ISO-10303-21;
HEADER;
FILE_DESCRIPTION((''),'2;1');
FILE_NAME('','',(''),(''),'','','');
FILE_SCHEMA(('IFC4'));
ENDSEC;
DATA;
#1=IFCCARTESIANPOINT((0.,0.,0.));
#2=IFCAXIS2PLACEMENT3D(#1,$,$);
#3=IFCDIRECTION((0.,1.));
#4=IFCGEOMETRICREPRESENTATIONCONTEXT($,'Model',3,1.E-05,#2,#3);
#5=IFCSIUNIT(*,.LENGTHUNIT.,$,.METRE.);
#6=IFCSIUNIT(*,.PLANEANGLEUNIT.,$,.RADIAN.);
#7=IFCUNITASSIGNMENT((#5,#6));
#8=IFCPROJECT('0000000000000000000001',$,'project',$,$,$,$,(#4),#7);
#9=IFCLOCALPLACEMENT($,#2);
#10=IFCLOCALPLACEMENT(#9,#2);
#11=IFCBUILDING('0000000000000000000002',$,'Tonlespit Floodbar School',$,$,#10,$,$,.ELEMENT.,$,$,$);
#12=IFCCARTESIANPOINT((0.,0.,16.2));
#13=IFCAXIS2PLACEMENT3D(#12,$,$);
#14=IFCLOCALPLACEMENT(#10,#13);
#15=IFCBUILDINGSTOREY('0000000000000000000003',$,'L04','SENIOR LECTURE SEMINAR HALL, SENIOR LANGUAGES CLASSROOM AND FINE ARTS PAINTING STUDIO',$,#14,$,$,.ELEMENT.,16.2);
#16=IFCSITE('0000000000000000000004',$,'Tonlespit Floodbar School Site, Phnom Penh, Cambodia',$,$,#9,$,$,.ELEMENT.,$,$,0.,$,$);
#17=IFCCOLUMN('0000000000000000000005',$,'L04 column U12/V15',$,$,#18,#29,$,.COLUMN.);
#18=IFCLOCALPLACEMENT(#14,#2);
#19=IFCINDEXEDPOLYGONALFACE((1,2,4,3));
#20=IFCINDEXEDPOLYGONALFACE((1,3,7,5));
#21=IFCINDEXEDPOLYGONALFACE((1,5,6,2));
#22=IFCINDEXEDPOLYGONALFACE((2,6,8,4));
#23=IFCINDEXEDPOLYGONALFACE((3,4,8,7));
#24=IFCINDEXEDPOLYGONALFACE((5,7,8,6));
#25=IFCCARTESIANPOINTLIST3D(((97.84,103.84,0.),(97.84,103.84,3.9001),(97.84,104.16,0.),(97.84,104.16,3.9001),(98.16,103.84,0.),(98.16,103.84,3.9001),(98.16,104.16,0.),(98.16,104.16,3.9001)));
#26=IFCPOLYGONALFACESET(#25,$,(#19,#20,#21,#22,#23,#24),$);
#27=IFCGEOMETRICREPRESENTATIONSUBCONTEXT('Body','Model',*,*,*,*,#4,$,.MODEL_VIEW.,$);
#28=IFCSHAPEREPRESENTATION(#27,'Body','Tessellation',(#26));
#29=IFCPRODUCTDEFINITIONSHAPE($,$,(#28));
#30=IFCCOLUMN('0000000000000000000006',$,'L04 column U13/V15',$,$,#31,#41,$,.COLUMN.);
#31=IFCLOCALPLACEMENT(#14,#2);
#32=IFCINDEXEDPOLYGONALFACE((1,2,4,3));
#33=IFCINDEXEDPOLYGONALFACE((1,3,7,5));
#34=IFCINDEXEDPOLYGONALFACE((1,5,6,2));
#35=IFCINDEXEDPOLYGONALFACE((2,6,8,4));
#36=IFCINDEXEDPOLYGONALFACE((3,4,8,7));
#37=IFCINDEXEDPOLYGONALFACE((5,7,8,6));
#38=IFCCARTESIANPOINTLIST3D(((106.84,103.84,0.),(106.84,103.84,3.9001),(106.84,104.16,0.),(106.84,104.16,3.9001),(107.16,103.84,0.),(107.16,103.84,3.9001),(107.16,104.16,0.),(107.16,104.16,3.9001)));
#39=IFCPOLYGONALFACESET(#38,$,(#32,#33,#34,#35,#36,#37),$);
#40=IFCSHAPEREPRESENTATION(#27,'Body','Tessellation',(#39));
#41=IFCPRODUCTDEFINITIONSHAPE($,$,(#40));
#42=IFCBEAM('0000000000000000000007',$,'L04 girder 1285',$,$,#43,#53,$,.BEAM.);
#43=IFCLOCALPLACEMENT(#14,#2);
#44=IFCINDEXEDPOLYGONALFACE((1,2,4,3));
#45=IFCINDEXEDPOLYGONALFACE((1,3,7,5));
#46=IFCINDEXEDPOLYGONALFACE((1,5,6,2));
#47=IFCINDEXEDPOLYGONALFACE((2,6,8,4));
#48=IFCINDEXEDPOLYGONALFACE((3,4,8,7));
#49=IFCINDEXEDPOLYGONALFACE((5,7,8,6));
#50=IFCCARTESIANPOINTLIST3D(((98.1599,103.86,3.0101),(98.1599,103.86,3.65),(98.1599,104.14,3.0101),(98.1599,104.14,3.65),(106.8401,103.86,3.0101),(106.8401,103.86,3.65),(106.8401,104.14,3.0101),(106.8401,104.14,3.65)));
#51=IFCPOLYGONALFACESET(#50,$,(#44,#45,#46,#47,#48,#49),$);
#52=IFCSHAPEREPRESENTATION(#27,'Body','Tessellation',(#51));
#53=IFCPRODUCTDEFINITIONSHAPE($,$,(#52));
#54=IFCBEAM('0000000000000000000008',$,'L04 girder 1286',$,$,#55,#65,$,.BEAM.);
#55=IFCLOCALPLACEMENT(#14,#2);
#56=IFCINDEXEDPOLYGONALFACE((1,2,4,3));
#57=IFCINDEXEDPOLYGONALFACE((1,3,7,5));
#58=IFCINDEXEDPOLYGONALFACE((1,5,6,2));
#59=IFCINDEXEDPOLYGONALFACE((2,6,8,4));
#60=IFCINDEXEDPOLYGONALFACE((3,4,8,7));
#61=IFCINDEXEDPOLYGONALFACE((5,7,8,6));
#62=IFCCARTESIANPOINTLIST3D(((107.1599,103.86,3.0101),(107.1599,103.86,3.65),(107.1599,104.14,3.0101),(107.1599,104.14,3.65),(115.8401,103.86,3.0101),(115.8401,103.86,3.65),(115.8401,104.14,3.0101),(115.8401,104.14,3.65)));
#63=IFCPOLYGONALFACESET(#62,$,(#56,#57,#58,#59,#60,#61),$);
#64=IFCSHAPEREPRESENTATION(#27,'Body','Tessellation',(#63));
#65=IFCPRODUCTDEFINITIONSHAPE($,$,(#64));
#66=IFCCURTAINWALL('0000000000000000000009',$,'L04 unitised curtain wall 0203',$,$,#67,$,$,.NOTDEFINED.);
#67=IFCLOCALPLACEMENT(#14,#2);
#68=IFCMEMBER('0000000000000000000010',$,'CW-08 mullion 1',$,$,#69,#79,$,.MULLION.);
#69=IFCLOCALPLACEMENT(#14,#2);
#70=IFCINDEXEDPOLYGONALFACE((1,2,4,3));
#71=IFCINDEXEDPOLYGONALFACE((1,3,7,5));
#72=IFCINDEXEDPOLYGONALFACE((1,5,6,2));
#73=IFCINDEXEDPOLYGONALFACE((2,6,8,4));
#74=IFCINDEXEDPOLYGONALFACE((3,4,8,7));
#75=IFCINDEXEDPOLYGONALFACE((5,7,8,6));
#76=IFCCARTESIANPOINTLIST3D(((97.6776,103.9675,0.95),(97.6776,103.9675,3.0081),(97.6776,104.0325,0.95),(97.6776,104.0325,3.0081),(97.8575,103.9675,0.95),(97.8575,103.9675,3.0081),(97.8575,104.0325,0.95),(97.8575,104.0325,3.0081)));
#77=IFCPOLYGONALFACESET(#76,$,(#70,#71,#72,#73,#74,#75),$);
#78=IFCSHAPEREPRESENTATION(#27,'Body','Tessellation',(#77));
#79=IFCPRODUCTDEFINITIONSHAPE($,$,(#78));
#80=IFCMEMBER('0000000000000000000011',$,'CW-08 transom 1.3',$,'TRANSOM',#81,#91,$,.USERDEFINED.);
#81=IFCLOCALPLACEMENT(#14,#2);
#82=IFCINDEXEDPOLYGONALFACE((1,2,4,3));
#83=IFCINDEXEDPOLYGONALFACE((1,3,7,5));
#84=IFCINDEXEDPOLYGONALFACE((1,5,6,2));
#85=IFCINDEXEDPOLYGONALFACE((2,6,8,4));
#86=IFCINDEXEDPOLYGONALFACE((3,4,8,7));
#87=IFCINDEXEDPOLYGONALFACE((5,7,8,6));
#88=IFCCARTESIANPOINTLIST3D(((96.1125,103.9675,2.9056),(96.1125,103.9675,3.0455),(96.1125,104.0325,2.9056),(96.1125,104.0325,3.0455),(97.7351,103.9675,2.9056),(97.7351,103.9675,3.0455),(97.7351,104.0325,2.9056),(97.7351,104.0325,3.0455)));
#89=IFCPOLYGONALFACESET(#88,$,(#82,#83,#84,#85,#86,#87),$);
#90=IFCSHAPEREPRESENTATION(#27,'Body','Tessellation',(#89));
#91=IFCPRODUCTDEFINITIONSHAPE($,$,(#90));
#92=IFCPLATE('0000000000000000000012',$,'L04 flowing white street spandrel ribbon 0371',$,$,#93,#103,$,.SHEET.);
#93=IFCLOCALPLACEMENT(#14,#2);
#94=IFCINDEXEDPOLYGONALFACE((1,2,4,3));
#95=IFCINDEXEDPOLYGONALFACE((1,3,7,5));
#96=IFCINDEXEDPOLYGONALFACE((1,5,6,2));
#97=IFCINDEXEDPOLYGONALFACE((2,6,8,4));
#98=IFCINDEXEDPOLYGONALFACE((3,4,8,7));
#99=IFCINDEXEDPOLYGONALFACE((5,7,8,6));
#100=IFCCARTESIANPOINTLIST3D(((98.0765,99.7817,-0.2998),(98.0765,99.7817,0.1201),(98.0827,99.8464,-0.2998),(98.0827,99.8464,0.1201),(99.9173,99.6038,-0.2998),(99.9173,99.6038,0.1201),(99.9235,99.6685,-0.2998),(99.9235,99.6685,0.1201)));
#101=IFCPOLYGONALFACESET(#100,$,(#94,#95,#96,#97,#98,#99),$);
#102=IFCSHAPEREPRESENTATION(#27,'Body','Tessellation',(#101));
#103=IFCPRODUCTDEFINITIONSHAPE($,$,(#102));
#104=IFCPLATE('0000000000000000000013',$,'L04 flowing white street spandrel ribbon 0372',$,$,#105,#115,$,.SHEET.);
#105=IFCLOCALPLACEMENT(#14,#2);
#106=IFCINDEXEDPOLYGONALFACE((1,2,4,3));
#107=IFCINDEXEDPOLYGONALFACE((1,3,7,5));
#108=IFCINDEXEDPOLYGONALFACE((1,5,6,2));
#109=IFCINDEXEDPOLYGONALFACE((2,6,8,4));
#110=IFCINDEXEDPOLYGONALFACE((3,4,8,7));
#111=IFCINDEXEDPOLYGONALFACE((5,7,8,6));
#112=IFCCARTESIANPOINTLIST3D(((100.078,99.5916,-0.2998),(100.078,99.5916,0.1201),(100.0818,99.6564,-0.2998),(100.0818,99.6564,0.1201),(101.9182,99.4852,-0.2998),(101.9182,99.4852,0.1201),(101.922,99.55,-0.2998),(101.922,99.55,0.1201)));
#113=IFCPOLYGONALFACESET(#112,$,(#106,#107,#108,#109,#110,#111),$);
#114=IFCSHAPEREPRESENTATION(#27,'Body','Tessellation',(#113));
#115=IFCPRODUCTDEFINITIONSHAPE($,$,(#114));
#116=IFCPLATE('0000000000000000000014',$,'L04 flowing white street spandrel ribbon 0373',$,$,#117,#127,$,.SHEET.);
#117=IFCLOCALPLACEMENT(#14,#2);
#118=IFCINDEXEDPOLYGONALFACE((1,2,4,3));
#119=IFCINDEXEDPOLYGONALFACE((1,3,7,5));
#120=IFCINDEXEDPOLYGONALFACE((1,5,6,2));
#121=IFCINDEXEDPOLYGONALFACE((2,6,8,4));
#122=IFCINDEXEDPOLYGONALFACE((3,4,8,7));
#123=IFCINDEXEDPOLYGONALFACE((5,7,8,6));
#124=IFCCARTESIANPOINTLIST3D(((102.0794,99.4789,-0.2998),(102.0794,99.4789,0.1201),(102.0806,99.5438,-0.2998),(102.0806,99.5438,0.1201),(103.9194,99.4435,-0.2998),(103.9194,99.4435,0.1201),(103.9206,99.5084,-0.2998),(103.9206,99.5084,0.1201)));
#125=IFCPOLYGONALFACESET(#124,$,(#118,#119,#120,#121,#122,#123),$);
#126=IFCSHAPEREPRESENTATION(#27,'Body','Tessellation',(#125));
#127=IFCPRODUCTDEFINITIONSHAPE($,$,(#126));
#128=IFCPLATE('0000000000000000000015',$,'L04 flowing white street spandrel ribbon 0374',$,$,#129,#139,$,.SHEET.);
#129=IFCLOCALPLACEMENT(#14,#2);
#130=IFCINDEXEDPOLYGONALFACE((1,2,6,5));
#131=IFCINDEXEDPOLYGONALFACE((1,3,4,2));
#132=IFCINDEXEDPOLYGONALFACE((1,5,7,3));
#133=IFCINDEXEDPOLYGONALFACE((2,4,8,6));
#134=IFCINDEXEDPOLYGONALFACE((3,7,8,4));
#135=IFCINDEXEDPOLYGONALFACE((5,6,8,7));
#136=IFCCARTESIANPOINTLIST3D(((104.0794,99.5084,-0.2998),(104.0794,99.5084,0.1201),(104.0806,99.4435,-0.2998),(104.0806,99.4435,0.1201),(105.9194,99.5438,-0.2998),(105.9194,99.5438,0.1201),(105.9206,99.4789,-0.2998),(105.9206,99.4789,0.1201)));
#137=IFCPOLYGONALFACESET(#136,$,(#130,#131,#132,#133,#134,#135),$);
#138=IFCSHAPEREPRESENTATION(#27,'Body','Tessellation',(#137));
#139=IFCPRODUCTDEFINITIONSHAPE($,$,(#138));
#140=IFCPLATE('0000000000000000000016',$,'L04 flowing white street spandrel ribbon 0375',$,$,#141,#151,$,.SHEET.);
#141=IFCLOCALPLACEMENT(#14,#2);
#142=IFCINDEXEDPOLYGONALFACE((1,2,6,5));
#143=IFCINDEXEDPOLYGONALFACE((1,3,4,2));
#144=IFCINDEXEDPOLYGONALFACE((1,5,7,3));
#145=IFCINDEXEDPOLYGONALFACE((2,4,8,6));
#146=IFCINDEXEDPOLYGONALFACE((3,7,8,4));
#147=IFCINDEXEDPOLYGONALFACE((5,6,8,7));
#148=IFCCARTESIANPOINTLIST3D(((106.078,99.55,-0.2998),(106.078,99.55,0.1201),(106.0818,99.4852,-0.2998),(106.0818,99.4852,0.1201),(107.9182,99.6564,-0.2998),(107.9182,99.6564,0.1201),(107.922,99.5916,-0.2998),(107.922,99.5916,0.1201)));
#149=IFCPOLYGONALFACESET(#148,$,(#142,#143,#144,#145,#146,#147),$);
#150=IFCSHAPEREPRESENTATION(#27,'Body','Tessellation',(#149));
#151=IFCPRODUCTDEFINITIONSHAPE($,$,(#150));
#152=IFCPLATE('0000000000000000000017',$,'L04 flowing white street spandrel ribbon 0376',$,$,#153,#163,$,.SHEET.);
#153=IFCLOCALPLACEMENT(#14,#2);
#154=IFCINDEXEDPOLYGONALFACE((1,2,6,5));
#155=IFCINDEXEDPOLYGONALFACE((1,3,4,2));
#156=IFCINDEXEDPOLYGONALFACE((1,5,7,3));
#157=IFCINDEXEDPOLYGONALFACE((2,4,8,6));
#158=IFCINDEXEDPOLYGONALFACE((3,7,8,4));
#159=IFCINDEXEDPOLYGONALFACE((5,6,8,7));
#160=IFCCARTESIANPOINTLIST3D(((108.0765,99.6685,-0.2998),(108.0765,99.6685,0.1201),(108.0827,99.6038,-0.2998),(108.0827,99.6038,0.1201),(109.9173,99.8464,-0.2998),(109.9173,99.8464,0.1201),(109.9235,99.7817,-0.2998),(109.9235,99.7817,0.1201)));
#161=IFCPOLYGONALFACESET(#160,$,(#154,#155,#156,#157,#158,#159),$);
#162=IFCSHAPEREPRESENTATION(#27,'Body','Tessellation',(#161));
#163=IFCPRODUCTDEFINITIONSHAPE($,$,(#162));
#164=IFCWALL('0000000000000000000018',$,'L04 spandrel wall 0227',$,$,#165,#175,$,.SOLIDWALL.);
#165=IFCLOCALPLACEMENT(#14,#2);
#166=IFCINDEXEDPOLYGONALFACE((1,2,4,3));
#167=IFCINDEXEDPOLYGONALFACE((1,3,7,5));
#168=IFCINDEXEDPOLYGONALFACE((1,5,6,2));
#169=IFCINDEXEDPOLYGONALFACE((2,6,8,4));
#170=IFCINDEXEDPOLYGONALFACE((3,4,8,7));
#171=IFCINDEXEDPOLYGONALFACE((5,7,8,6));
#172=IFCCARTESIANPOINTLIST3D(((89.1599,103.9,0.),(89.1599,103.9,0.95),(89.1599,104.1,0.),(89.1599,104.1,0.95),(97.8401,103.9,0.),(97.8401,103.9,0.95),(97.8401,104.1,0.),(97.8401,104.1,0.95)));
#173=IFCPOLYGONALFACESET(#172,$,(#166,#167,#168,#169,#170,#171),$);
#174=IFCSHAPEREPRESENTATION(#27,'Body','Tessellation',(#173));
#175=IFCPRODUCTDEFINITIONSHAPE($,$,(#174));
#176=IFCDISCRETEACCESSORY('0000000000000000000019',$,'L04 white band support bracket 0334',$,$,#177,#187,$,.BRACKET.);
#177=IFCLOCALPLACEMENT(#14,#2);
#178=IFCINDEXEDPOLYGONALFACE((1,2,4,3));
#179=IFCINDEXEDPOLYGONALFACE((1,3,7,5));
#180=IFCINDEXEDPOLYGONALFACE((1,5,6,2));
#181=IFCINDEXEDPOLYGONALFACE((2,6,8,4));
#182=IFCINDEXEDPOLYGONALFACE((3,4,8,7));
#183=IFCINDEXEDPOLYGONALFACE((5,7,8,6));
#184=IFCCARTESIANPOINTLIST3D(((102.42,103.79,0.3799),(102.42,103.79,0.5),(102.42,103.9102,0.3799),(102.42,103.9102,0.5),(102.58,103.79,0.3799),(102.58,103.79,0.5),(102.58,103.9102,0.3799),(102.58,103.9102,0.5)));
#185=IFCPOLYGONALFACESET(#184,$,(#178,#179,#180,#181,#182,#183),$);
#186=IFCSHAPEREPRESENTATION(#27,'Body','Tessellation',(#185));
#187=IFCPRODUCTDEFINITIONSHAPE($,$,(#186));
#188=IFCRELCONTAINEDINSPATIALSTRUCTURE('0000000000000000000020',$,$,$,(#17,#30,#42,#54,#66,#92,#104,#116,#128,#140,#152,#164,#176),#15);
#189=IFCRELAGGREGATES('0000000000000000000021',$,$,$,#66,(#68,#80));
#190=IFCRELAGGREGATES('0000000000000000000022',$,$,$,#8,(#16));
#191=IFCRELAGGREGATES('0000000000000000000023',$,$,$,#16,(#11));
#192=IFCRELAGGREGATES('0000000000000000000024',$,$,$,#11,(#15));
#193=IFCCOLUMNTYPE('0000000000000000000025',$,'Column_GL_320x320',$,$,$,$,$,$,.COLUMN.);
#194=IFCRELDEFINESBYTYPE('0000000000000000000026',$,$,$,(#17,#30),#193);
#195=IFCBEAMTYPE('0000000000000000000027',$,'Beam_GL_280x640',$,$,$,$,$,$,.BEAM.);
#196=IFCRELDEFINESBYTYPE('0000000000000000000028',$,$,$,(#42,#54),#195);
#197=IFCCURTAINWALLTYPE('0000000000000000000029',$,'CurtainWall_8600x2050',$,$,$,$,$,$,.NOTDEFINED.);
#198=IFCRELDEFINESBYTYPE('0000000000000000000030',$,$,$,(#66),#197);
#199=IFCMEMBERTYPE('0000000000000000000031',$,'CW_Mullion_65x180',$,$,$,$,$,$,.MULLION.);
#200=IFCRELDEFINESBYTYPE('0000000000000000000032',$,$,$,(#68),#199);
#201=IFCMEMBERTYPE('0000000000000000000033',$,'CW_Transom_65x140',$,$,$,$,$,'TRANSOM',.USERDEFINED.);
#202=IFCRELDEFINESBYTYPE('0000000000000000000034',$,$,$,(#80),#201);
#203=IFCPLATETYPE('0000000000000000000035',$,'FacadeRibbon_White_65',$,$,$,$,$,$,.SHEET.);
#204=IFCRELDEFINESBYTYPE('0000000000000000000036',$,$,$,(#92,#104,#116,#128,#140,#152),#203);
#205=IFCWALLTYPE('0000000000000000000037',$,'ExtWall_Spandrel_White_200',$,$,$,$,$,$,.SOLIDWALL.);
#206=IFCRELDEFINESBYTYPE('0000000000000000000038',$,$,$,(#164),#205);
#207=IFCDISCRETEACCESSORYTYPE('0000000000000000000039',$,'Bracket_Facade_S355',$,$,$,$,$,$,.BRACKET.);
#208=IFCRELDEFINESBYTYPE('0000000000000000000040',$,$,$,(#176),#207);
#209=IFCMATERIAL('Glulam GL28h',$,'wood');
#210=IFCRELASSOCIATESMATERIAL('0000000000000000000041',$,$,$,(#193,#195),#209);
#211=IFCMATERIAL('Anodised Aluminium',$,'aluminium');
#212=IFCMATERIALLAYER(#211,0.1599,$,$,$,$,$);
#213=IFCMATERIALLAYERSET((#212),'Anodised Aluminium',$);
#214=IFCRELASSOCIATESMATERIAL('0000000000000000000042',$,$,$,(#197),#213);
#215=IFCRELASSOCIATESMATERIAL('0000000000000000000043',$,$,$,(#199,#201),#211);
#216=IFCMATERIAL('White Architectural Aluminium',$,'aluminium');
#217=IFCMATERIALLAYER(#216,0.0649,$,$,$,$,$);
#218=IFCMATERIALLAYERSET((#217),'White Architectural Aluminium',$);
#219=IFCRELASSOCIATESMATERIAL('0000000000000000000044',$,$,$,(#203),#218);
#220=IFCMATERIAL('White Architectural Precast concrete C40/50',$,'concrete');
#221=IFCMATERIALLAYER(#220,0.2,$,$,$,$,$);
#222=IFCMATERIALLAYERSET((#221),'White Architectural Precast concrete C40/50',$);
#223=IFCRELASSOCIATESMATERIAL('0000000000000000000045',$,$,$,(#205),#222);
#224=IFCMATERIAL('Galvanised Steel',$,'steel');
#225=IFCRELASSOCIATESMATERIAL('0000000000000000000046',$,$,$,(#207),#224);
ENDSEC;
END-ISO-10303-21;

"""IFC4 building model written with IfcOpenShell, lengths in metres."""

from ifc_helpers import new_model, si_unit, direction, frame, frame_2d, origin, origin_2d, place, context, subcontext, project, spatial, rectangle, extrude, material, layer, layer_set, material_profile, profile_set, type_object, element, aggregate, save


model = new_model("IFC4")

# Units and contexts
model_context = context("Model", 3, precision=1e-05, world=origin(), true_north=direction((0.0, 1.0)))
body_context = subcontext(model_context, "Body", "Model", "MODEL_VIEW")
ifc_project = project(units=[si_unit("LENGTHUNIT", "METRE"), si_unit("PLANEANGLEUNIT", "RADIAN")], contexts=[model_context])

# Site, building, storey
site_placement = place(None, origin())
site = spatial("IfcSite", under=ifc_project, at=site_placement, Name="Tonlespit Floodbar School Site, Phnom Penh, Cambodia", CompositionType="ELEMENT", RefElevation=0.0)
building_placement = place(site_placement, origin())
building = spatial("IfcBuilding", under=site, at=building_placement, Name="Tonlespit Floodbar School", CompositionType="ELEMENT")
storey_placement = place(building_placement, frame((0.0, 0.0, 16.2)))
storey = spatial("IfcBuildingStorey", under=building, at=storey_placement, Name="L04", Description="SENIOR LECTURE SEMINAR HALL, SENIOR LANGUAGES CLASSROOM AND FINE ARTS PAINTING STUDIO", CompositionType="ELEMENT", Elevation=16.2)

# Columns
ifc_material_1 = material(Name="Glulam GL28h", Category="wood")
ifc_material_profile_1 = material_profile(ifc_material_1, rectangle(XDim=0.3201, YDim=0.3201, at=origin_2d()), Name="GL 320x320")
ifc_profile_set_1 = profile_set([ifc_material_profile_1], Name="Glulam GL28h")
column_type = type_object("IfcColumnType", Name="Column_GL_320x320", PredefinedType="COLUMN", material=ifc_profile_set_1)
for number, where, z_axis, x_axis, name in (
    (1, (98.0, 104.0, 0.0), (0.0, 0.0, 1.0), (1.0, 0.0, 0.0), "L04 column U12/V15"),
    (2, (107.0, 104.0, 0.0), (0.0, 0.0, 1.0), (1.0, 0.0, 0.0), "L04 column U13/V15"),
):
    element("IfcColumn", number, at=place(storey_placement, frame(where, z_axis=z_axis, x_axis=x_axis)), inside=storey, type_object=column_type, Name=name, PredefinedType="COLUMN", context=body_context, shape_type="SweptSolid", body=[
        extrude(rectangle(XDim=0.3201, YDim=0.3201, at=origin_2d()), origin(), (0.0, 0.0, 1.0), 3.9001),
    ])

# Beams
ifc_material_profile_2 = material_profile(ifc_material_1, rectangle(XDim=0.28, YDim=0.6399, at=origin_2d()), Name="GL 280x640")
ifc_profile_set_2 = profile_set([ifc_material_profile_2], Name="Glulam GL28h")
beam_type = type_object("IfcBeamType", Name="Beam_GL_280x640", PredefinedType="BEAM", material=ifc_profile_set_2)
for number, where, z_axis, x_axis, name in (
    (3, (98.1599, 104.0, 3.3301), (1.0, 0.0, 0.0), (0.0, 1.0, 0.0), "L04 girder 1285"),
    (4, (107.1599, 104.0, 3.3301), (1.0, 0.0, 0.0), (0.0, 1.0, 0.0), "L04 girder 1286"),
):
    element("IfcBeam", number, at=place(storey_placement, frame(where, z_axis=z_axis, x_axis=x_axis)), inside=storey, type_object=beam_type, Name=name, PredefinedType="BEAM", context=body_context, shape_type="SweptSolid", body=[
        extrude(rectangle(XDim=0.28, YDim=0.6399, at=origin_2d()), origin(), (0.0, 0.0, 1.0), 8.6802),
    ])

# Curtain wall, members
ifc_material_2 = material(Name="Anodised Aluminium", Category="aluminium")
ifc_layer_1 = layer(ifc_material_2, 0.1599)
ifc_layer_set_1 = layer_set([ifc_layer_1], Name="Anodised Aluminium")
curtain_wall_type = type_object("IfcCurtainWallType", Name="CurtainWall_8600x2050", PredefinedType="NOTDEFINED", material=ifc_layer_set_1)
curtain_wall_placement = place(storey_placement, origin())
curtain_wall = element("IfcCurtainWall", 5, at=curtain_wall_placement, inside=storey, type_object=curtain_wall_type, Name="L04 unitised curtain wall 0203", PredefinedType="NOTDEFINED")
ifc_material_profile_3 = material_profile(ifc_material_2, rectangle(XDim=0.0649, YDim=0.1799, at=origin_2d()), Name="ALU M65x180")
ifc_profile_set_3 = profile_set([ifc_material_profile_3], Name="Anodised Aluminium")
member_type_1 = type_object("IfcMemberType", Name="CW_Mullion_65x180", PredefinedType="MULLION", material=ifc_profile_set_3)
member_1_placement = place(storey_placement, frame((97.7676, 104.0, 0.95), z_axis=(0.0, 0.0, 1.0), x_axis=(0.0, -1.0, 0.0)))
member_1 = element("IfcMember", 6, at=member_1_placement, type_object=member_type_1, Name="CW-08 mullion 1", PredefinedType="MULLION", context=body_context, shape_type="SweptSolid", body=[
    extrude(rectangle(XDim=0.0649, YDim=0.1799, at=origin_2d()), origin(), (0.0, 0.0, 1.0), 2.0581),
])
ifc_material_profile_4 = material_profile(ifc_material_2, rectangle(XDim=0.0649, YDim=0.1399, at=origin_2d()), Name="ALU T65x140")
ifc_profile_set_4 = profile_set([ifc_material_profile_4], Name="Anodised Aluminium")
member_type_2 = type_object("IfcMemberType", Name="CW_Transom_65x140", ElementType="TRANSOM", PredefinedType="USERDEFINED", material=ifc_profile_set_4)
member_2_placement = place(storey_placement, frame((97.7351, 104.0, 2.9756), z_axis=(-1.0, 0.0, 0.0), x_axis=(0.0, -1.0, 0.0)))
member_2 = element("IfcMember", 7, at=member_2_placement, type_object=member_type_2, Name="CW-08 transom 1.3", ObjectType="TRANSOM", PredefinedType="USERDEFINED", context=body_context, shape_type="SweptSolid", body=[
    extrude(rectangle(XDim=0.0649, YDim=0.1399, at=origin_2d()), origin(), (0.0, 0.0, 1.0), 1.6226),
])
aggregate(curtain_wall, [member_1, member_2])

# Plates
ifc_material_3 = material(Name="White Architectural Aluminium", Category="aluminium")
ifc_layer_2 = layer(ifc_material_3, 0.0649)
ifc_layer_set_2 = layer_set([ifc_layer_2], Name="White Architectural Aluminium")
plate_type = type_object("IfcPlateType", Name="FacadeRibbon_White_65", PredefinedType="SHEET", material=ifc_layer_set_2)
plate_1_placement = place(storey_placement, frame((99.0, 99.7251, -0.2998), z_axis=(0.0, 0.0, 1.0), x_axis=(0.995362, -0.096202, 0.0)))
element("IfcPlate", 8, at=plate_1_placement, inside=storey, type_object=plate_type, Name="L04 flowing white street spandrel ribbon 0371", PredefinedType="SHEET", context=body_context, shape_type="SweptSolid", body=[
    extrude(rectangle(XDim=1.8494, YDim=0.0649, at=origin_2d()), origin(), (0.0, 0.0, 1.0), 0.4199),
])
plate_2_placement = place(storey_placement, frame((101.0, 99.5708, -0.2998), z_axis=(0.0, 0.0, 1.0), x_axis=(0.998334, -0.057703, 0.0)))
element("IfcPlate", 9, at=plate_2_placement, inside=storey, type_object=plate_type, Name="L04 flowing white street spandrel ribbon 0372", PredefinedType="SHEET", context=body_context, shape_type="SweptSolid", body=[
    extrude(rectangle(XDim=1.8433, YDim=0.0649, at=origin_2d()), origin(), (0.0, 0.0, 1.0), 0.4199),
])
for number, where, z_axis, x_axis, name in (
    (10, (103.0, 99.4937, -0.2998), (0.0, 0.0, 1.0), (0.999815, -0.019246, 0.0), "L04 flowing white street spandrel ribbon 0373"),
    (11, (105.0, 99.4937, -0.2998), (0.0, 0.0, 1.0), (0.999815, 0.019246, 0.0), "L04 flowing white street spandrel ribbon 0374"),
):
    element("IfcPlate", number, at=place(storey_placement, frame(where, z_axis=z_axis, x_axis=x_axis)), inside=storey, type_object=plate_type, Name=name, PredefinedType="SHEET", context=body_context, shape_type="SweptSolid", body=[
        extrude(rectangle(XDim=1.8403, YDim=0.0649, at=origin_2d()), origin(), (0.0, 0.0, 1.0), 0.4199),
    ])
plate_3_placement = place(storey_placement, frame((107.0, 99.5708, -0.2998), z_axis=(0.0, 0.0, 1.0), x_axis=(0.998334, 0.057703, 0.0)))
element("IfcPlate", 12, at=plate_3_placement, inside=storey, type_object=plate_type, Name="L04 flowing white street spandrel ribbon 0375", PredefinedType="SHEET", context=body_context, shape_type="SweptSolid", body=[
    extrude(rectangle(XDim=1.8433, YDim=0.0649, at=origin_2d()), origin(), (0.0, 0.0, 1.0), 0.4199),
])
plate_4_placement = place(storey_placement, frame((109.0, 99.7251, -0.2998), z_axis=(0.0, 0.0, 1.0), x_axis=(0.995362, 0.096202, 0.0)))
element("IfcPlate", 13, at=plate_4_placement, inside=storey, type_object=plate_type, Name="L04 flowing white street spandrel ribbon 0376", PredefinedType="SHEET", context=body_context, shape_type="SweptSolid", body=[
    extrude(rectangle(XDim=1.8494, YDim=0.0649, at=origin_2d()), origin(), (0.0, 0.0, 1.0), 0.4199),
])

# Wall
ifc_material_4 = material(Name="White Architectural Precast concrete C40/50", Category="concrete")
ifc_layer_3 = layer(ifc_material_4, 0.2)
ifc_layer_set_3 = layer_set([ifc_layer_3], Name="White Architectural Precast concrete C40/50")
wall_type_1 = type_object("IfcWallType", Name="ExtWall_Spandrel_White_200", PredefinedType="SOLIDWALL", material=ifc_layer_set_3)
wall_1_placement = place(storey_placement, frame((97.8401, 104.0, 0.0), z_axis=(0.0, 0.0, 1.0), x_axis=(-1.0, 0.0, 0.0)))
element("IfcWall", 14, at=wall_1_placement, inside=storey, type_object=wall_type_1, Name="L04 spandrel wall 0227", PredefinedType="SOLIDWALL", context=body_context, shape_type="SweptSolid", body=[
    extrude(rectangle(XDim=8.6802, YDim=0.2, at=frame_2d((4.3401, 0.0))), origin(), (0.0, 0.0, 1.0), 0.95),
])

# Discrete accessory
ifc_material_5 = material(Name="Galvanised Steel", Category="steel")
discrete_accessory_type = type_object("IfcDiscreteAccessoryType", Name="Bracket_Facade_S355", PredefinedType="BRACKET", material=ifc_material_5)
for number, where, z_axis, x_axis, name in (
    (15, (102.5, 103.8501, 0.3799), (0.0, 0.0, 1.0), (-1.0, 0.0, 0.0), "L04 white band support bracket 0334"),
):
    element("IfcDiscreteAccessory", number, at=place(storey_placement, frame(where, z_axis=z_axis, x_axis=x_axis)), inside=storey, type_object=discrete_accessory_type, Name=name, PredefinedType="BRACKET", context=body_context, shape_type="SweptSolid", body=[
        extrude(rectangle(XDim=0.1599, YDim=0.1201, at=origin_2d()), origin(), (0.0, 0.0, 1.0), 0.1201),
    ])

save(model, "model.ifc")
